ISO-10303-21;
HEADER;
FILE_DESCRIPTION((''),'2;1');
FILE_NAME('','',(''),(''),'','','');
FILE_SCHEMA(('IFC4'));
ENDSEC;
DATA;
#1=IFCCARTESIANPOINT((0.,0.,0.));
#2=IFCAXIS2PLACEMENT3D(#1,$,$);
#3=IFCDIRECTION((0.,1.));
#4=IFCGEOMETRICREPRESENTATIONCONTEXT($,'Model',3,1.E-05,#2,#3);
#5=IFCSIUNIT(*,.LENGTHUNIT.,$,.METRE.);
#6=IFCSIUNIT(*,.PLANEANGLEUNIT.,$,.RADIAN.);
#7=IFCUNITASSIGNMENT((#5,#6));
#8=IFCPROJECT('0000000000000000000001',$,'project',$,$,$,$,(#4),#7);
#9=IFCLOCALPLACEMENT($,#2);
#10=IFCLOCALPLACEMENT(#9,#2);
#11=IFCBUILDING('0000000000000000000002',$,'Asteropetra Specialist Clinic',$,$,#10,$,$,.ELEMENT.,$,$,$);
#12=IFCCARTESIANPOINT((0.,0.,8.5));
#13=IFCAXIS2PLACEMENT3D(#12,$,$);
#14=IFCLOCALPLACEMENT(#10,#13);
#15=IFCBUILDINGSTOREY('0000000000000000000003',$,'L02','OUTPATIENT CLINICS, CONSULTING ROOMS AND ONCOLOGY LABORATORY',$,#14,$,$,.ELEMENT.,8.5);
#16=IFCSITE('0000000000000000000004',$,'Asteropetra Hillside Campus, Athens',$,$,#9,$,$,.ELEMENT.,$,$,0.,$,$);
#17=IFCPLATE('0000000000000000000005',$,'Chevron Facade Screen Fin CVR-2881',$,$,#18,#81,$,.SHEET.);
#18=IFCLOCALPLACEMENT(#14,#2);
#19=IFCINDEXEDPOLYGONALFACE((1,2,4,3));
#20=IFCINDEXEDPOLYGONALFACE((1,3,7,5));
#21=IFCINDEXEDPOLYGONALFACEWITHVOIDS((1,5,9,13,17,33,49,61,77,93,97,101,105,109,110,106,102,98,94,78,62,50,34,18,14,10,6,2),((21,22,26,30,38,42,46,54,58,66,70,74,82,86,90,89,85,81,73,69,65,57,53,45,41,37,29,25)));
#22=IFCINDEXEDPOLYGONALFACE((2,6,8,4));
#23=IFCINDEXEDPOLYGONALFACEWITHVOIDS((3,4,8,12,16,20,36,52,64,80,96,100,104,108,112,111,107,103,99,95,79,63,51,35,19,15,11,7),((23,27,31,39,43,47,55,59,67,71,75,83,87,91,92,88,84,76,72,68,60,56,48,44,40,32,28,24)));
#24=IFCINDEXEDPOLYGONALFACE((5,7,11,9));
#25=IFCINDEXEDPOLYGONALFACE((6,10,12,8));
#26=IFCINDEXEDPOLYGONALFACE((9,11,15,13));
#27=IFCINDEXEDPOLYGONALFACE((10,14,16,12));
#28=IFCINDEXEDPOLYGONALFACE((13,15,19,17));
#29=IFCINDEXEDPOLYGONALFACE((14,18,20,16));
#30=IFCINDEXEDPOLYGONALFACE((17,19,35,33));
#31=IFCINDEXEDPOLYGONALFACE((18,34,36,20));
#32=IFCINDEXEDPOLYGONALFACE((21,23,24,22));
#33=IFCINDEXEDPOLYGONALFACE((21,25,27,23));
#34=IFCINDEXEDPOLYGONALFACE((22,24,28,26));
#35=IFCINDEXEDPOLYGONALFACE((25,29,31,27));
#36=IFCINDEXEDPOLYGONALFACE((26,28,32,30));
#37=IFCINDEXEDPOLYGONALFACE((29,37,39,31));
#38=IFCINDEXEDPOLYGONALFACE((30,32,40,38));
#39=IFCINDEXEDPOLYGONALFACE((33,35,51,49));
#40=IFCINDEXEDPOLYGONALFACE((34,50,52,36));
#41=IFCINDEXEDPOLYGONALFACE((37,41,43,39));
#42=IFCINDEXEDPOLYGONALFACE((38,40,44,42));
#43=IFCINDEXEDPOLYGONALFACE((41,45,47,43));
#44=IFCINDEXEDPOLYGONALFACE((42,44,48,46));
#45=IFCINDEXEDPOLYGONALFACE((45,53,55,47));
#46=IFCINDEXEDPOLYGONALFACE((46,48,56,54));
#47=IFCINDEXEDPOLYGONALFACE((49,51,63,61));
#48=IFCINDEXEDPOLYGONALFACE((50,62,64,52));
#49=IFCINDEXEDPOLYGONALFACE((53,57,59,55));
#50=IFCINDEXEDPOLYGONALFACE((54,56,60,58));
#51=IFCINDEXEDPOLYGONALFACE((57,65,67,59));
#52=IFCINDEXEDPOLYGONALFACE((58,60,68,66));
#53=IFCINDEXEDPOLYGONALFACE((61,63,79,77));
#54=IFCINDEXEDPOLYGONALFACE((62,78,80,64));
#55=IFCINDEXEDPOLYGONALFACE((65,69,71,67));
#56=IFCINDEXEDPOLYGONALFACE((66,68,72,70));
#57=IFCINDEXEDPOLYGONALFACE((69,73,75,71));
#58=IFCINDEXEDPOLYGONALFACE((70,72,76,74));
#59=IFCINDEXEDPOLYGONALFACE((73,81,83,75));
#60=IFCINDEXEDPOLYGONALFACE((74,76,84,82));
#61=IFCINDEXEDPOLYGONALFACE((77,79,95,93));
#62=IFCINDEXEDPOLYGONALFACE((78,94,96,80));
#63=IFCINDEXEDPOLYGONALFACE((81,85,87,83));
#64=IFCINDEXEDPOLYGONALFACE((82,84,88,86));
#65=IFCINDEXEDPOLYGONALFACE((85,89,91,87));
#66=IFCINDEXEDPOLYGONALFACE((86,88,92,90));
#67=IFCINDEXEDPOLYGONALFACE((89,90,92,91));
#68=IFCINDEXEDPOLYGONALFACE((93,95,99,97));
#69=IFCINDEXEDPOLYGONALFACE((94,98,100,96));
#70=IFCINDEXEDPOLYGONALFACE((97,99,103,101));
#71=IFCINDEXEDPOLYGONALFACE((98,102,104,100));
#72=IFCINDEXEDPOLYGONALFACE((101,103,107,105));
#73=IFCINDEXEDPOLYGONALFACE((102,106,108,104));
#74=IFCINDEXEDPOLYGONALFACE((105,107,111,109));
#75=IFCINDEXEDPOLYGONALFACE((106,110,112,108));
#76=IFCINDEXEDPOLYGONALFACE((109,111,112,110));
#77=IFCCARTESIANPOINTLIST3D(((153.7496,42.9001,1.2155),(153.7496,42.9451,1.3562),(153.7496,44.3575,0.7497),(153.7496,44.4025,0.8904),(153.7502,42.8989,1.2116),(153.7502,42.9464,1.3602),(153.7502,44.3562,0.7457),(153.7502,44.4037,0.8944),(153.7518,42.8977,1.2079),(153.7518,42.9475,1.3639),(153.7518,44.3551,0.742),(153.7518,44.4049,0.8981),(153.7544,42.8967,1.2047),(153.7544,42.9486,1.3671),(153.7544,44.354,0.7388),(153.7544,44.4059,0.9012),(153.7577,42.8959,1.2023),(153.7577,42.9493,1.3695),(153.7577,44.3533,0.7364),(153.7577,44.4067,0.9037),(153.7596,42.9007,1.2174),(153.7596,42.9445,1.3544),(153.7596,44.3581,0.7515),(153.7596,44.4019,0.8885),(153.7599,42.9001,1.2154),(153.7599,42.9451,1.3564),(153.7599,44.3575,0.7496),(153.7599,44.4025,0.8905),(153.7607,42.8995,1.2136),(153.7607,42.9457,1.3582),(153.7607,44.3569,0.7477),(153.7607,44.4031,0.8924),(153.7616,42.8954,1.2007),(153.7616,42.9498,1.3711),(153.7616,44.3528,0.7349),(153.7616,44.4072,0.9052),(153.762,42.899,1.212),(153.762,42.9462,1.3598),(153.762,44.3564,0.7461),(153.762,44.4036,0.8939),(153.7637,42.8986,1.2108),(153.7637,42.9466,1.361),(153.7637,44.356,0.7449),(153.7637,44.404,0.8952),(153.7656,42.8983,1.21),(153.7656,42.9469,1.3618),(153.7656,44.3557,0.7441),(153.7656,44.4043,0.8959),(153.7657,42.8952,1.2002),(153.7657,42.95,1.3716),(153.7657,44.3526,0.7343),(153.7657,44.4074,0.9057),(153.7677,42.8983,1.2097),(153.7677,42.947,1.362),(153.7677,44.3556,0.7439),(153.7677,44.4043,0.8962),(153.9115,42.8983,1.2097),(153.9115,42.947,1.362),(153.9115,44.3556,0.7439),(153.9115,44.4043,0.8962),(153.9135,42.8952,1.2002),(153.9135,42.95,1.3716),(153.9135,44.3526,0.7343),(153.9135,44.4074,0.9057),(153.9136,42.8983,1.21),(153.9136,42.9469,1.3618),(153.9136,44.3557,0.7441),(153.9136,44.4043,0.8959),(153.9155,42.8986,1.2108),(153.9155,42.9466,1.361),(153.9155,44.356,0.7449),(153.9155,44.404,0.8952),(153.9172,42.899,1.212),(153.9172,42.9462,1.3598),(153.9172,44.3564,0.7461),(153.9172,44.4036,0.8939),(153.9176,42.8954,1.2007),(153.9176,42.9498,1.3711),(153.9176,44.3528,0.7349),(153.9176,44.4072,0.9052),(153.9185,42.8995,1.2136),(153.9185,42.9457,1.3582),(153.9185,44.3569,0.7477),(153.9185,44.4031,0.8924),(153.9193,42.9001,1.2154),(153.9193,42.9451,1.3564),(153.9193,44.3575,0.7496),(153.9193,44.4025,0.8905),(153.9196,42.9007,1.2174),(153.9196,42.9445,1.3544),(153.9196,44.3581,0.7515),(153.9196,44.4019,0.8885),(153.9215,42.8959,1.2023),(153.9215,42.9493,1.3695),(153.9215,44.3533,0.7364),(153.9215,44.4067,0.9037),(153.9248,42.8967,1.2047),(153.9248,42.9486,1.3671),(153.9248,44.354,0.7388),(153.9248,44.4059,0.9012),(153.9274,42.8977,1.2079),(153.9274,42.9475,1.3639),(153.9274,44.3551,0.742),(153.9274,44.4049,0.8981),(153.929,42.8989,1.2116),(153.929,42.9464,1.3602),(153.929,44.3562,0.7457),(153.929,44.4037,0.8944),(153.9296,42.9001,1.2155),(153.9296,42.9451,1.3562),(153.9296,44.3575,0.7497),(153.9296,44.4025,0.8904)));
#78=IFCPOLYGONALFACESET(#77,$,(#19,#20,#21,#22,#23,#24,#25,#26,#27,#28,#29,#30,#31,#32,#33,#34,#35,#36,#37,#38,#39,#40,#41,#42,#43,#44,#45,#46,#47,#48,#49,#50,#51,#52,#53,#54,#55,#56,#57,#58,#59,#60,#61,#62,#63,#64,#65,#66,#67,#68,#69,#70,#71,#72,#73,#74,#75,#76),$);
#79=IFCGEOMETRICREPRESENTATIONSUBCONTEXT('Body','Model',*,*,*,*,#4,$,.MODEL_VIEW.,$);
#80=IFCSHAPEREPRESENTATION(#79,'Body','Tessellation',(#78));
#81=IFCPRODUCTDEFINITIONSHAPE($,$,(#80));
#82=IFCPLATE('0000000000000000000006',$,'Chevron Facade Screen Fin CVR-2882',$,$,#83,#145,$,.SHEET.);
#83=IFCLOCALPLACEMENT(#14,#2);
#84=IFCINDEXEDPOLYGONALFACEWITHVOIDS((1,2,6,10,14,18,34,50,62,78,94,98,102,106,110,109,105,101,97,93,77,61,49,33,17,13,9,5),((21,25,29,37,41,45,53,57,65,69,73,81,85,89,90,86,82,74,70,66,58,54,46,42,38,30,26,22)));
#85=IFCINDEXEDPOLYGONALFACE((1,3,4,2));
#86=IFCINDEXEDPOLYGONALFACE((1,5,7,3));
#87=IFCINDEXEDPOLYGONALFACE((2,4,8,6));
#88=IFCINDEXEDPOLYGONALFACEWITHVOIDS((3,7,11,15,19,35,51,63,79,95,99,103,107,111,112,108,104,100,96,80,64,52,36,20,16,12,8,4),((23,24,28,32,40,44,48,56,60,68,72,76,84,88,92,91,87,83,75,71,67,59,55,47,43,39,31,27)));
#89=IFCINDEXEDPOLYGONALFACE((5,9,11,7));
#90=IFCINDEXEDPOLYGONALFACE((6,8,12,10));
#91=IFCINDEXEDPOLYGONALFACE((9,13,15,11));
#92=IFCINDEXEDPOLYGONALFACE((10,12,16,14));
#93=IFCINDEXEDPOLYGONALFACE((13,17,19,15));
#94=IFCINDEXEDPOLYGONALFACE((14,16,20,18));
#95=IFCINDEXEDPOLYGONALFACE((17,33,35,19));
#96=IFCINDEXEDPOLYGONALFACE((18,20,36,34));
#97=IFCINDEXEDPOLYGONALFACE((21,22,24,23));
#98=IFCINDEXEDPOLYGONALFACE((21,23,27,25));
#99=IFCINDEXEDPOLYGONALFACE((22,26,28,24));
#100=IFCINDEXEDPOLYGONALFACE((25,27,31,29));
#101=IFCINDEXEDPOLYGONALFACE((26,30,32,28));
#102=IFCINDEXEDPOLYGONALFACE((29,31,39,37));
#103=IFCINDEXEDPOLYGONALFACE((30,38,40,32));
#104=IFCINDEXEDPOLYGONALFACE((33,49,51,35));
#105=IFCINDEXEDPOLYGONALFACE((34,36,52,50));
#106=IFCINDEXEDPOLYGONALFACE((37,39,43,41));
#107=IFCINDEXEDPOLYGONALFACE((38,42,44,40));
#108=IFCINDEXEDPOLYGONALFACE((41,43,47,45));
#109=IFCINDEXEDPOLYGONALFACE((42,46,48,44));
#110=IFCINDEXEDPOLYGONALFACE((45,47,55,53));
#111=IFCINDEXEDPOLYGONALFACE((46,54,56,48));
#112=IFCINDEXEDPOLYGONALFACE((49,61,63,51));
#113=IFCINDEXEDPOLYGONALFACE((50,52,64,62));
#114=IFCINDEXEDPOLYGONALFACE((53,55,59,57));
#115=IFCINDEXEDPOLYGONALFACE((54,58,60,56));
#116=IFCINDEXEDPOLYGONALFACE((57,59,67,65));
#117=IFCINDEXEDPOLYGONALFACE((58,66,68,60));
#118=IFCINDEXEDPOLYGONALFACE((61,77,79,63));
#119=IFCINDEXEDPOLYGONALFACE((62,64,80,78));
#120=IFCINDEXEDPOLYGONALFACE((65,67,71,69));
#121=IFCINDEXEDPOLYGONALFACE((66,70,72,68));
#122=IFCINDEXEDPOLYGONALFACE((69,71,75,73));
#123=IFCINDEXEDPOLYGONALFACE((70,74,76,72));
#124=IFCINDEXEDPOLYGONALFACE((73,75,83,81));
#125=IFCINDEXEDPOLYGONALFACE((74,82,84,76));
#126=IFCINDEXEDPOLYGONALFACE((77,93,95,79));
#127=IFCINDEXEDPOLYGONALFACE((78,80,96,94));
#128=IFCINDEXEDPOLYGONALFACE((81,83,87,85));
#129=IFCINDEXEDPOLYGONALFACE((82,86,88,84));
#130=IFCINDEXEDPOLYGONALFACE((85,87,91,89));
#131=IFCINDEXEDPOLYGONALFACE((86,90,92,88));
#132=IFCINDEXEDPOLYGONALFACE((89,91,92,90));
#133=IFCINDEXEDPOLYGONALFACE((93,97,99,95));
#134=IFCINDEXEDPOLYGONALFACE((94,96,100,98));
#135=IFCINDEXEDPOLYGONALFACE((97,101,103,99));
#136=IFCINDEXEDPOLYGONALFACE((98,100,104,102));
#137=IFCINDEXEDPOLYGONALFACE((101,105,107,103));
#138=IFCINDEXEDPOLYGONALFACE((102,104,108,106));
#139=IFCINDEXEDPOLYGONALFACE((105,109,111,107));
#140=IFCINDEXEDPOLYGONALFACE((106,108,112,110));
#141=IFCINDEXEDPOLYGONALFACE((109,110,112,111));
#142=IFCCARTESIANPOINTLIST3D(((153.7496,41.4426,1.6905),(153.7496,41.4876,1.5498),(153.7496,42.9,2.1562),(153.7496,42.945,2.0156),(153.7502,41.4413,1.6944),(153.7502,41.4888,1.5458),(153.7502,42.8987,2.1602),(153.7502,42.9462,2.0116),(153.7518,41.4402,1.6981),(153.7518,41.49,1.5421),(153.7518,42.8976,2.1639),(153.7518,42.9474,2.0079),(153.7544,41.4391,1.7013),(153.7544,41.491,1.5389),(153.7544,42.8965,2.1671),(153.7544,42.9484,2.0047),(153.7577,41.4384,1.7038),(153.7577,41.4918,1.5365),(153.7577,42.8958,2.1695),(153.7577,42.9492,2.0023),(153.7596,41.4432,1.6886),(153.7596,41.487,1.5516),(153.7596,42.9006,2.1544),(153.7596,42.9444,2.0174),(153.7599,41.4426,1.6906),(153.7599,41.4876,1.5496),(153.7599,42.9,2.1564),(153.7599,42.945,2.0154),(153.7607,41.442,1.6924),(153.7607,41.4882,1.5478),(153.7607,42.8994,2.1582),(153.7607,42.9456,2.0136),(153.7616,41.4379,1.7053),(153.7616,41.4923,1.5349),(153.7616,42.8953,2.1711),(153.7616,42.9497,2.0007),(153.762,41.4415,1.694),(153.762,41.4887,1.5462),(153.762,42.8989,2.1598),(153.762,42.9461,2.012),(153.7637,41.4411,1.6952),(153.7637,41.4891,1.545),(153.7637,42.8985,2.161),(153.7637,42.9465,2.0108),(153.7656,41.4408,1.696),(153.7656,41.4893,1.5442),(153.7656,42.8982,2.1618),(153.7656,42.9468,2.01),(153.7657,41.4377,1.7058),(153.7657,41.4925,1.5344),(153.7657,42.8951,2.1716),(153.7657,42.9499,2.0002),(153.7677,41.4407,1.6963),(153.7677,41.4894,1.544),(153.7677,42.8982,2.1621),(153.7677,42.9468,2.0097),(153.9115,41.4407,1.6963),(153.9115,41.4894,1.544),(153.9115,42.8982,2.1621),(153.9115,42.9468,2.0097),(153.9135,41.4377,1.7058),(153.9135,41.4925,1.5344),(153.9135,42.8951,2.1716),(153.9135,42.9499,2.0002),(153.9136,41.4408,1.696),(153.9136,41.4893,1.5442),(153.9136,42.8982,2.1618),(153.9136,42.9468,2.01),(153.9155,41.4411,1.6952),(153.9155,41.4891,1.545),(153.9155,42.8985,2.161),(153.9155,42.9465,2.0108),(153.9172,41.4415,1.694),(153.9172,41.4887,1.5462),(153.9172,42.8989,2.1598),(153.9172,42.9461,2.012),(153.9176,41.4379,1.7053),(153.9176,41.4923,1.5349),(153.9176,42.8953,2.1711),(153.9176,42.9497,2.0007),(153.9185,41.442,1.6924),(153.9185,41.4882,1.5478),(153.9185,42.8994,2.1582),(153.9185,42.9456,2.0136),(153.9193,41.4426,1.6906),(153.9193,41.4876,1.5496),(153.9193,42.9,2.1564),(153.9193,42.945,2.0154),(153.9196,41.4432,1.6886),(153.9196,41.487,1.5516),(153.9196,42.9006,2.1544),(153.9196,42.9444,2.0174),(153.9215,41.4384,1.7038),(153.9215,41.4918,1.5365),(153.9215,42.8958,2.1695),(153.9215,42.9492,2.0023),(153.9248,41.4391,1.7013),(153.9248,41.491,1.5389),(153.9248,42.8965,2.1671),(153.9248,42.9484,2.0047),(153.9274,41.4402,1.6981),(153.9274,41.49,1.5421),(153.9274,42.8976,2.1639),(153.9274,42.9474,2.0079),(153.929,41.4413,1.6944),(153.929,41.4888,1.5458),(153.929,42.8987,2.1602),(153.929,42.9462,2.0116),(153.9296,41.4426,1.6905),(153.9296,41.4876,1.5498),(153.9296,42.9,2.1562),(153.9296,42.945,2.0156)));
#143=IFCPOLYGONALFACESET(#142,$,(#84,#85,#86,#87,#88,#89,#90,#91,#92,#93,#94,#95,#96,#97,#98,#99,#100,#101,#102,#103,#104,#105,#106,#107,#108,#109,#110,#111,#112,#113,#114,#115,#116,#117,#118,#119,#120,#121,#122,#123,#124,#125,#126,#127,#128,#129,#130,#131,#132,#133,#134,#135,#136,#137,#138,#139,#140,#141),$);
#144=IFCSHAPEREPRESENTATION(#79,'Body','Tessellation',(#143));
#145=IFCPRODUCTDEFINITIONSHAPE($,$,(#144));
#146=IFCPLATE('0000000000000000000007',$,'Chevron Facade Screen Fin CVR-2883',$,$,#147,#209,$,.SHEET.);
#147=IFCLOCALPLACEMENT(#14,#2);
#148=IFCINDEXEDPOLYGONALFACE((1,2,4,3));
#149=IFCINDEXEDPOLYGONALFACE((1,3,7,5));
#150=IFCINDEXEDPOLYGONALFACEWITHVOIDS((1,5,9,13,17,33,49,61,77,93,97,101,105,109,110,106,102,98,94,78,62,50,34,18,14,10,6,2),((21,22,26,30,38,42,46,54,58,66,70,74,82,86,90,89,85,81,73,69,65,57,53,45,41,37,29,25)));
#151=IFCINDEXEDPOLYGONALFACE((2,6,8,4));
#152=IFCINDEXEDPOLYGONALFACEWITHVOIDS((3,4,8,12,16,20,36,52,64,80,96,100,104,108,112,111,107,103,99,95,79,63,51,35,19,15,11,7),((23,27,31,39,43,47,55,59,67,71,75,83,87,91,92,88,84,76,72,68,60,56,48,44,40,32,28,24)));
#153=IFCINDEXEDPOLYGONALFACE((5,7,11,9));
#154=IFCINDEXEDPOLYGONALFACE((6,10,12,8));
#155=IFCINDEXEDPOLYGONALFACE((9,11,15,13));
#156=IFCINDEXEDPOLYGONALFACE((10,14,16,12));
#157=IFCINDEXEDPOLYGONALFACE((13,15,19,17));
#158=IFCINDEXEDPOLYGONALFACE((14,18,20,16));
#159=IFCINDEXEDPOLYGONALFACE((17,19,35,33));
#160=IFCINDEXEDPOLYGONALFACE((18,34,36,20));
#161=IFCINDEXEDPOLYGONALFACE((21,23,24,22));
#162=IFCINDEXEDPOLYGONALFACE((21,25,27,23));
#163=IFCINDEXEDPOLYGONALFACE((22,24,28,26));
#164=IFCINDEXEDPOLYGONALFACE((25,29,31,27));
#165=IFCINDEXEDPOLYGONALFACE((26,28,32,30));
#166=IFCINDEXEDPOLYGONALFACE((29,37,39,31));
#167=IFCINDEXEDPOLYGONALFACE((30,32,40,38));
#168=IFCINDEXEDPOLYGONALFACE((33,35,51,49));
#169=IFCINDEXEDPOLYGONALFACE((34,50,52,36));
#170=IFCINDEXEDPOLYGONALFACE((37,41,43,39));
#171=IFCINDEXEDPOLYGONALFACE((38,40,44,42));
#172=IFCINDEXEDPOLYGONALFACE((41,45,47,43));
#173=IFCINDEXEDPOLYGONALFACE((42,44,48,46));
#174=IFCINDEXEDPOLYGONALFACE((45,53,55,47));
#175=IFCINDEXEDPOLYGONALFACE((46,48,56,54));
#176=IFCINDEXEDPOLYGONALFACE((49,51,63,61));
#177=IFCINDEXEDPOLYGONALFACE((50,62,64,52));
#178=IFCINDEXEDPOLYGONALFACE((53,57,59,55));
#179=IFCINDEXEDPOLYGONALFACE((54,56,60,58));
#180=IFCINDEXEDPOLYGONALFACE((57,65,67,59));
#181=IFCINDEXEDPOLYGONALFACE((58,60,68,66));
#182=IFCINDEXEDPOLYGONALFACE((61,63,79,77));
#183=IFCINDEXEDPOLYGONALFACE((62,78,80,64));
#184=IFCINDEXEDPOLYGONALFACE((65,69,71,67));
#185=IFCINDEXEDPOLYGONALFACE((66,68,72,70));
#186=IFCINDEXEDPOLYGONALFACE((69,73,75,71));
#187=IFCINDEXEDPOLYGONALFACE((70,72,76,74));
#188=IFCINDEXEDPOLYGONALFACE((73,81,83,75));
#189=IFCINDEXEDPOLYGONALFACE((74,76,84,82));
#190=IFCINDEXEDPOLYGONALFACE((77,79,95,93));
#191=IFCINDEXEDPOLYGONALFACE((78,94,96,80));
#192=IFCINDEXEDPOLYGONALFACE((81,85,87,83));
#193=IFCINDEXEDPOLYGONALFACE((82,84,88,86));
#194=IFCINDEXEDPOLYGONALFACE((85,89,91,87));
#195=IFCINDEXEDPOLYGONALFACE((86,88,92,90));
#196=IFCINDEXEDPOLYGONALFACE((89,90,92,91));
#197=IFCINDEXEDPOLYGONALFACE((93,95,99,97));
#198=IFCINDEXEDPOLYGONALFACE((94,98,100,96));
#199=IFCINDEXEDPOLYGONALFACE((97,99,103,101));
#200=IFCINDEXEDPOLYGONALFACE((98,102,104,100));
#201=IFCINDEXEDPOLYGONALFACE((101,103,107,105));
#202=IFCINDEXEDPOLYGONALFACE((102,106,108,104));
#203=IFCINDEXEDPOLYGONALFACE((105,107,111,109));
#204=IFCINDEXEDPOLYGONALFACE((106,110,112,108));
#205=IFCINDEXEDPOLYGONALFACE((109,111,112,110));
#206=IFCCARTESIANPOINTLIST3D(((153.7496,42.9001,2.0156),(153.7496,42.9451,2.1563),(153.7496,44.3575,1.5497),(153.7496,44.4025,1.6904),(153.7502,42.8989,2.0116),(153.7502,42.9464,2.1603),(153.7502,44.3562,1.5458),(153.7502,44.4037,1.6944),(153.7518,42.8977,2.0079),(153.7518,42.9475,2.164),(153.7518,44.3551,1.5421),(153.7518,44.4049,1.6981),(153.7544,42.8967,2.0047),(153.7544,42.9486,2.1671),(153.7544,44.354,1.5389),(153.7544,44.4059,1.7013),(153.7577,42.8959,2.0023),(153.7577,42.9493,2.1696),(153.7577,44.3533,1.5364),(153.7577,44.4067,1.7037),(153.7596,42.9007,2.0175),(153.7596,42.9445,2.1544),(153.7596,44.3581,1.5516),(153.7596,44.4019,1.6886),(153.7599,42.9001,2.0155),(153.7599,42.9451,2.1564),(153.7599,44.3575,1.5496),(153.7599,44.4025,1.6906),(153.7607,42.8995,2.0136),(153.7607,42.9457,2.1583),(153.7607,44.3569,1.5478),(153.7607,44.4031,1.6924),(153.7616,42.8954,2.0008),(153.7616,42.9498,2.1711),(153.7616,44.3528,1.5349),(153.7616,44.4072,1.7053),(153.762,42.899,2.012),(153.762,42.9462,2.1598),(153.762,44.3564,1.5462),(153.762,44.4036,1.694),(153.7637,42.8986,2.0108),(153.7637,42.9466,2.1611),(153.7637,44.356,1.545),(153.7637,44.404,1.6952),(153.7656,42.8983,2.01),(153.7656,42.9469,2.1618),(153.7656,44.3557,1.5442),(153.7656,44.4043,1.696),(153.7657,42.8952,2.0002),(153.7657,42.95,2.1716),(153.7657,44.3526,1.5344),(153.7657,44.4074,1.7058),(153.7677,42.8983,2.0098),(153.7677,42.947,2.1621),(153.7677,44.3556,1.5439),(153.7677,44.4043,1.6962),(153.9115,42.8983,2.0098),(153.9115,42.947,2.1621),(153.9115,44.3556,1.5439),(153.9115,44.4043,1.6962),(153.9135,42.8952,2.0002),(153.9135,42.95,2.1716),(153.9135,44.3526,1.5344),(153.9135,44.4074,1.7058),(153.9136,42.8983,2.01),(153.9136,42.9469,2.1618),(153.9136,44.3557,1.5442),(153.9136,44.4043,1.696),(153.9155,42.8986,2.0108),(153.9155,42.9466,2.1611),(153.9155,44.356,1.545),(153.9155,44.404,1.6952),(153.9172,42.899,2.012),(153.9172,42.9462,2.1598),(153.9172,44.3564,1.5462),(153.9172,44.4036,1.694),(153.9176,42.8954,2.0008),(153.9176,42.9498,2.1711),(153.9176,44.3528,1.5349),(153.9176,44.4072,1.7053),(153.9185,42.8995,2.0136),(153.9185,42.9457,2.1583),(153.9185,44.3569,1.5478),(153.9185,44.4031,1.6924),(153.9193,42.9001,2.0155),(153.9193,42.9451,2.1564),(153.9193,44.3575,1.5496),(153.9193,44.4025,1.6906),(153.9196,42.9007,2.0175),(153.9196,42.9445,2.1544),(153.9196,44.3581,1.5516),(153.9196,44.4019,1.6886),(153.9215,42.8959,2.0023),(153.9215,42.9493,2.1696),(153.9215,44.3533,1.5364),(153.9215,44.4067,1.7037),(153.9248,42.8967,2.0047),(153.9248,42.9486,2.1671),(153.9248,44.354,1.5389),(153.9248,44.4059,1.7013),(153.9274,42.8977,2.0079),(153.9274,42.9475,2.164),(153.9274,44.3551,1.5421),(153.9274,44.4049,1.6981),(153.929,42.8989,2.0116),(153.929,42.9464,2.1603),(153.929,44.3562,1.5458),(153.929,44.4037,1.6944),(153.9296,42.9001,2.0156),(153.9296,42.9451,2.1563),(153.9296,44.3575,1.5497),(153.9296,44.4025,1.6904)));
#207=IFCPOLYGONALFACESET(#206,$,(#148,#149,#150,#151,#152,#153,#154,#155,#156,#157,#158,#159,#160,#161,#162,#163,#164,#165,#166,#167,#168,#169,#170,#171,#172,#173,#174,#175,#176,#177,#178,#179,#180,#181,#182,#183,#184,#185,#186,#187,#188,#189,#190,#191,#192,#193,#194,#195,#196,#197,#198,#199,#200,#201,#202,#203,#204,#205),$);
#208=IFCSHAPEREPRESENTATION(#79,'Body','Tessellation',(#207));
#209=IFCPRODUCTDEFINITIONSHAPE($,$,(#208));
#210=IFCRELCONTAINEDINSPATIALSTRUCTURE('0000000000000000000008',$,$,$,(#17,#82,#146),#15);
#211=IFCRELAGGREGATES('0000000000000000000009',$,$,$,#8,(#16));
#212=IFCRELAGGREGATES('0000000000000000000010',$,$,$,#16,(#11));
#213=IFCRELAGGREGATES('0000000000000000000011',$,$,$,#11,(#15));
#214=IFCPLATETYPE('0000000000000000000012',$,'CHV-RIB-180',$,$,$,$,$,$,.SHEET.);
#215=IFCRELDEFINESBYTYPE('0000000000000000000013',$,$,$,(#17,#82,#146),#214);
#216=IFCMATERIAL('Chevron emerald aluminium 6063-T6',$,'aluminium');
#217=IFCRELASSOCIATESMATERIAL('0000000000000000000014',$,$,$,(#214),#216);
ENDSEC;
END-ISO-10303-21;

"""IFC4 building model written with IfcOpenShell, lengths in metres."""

from ifc_helpers import new_model, si_unit, direction, frame, origin, origin_2d, place, context, subcontext, project, spatial, hollow_rectangle, extrude, material, material_profile, profile_set, type_object, element, save


model = new_model("IFC4")

# Units and contexts
model_context = context("Model", 3, precision=1e-05, world=origin(), true_north=direction((0.0, 1.0)))
body_context = subcontext(model_context, "Body", "Model", "MODEL_VIEW")
ifc_project = project(units=[si_unit("LENGTHUNIT", "METRE"), si_unit("PLANEANGLEUNIT", "RADIAN")], contexts=[model_context])

# Site, building, storey
site_placement = place(None, origin())
site = spatial("IfcSite", under=ifc_project, at=site_placement, Name="Asteropetra Hillside Campus, Athens", CompositionType="ELEMENT", RefElevation=0.0)
building_placement = place(site_placement, origin())
building = spatial("IfcBuilding", under=site, at=building_placement, Name="Asteropetra Specialist Clinic", CompositionType="ELEMENT")
storey_placement = place(building_placement, frame((0.0, 0.0, 8.5)))
storey = spatial("IfcBuildingStorey", under=building, at=storey_placement, Name="L02", Description="OUTPATIENT CLINICS, CONSULTING ROOMS AND ONCOLOGY LABORATORY", CompositionType="ELEMENT", Elevation=8.5)

# Plates
ifc_material_1 = material(Name="Chevron emerald aluminium 6063-T6", Category="aluminium")
ifc_material_profile = material_profile(ifc_material_1, hollow_rectangle(XDim=0.1799, YDim=0.1799, WallThickness=0.01, InnerFilletRadius=0.0081, OuterFilletRadius=0.0161, at=origin_2d()), Name="SHS 180x180x10.0")
ifc_profile_set = profile_set([ifc_material_profile], Name="Chevron emerald aluminium 6063-T6")
plate_type = type_object("IfcPlateType", Name="CHV-RIB-180", PredefinedType="SHEET", material=ifc_profile_set)
for number, where, z_axis, x_axis, name in (
    (1, (153.8396, 42.9226, 1.2859), (0.0, 0.95252, -0.304475), (-1.0, 0.0, 0.0), "Chevron Facade Screen Fin CVR-2881"),
    (2, (153.8396, 41.4651, 1.6201), (0.0, 0.952535, 0.304428), (-1.0, 0.0, 0.0), "Chevron Facade Screen Fin CVR-2882"),
    (3, (153.8396, 42.9226, 2.0859), (0.0, 0.95252, -0.304475), (-1.0, 0.0, 0.0), "Chevron Facade Screen Fin CVR-2883"),
):
    element("IfcPlate", number, at=place(storey_placement, frame(where, z_axis=z_axis, x_axis=x_axis)), inside=storey, type_object=plate_type, Name=name, PredefinedType="SHEET", context=body_context, shape_type="SweptSolid", body=[
        extrude(hollow_rectangle(XDim=0.1799, YDim=0.1799, WallThickness=0.01, InnerFilletRadius=0.0081, OuterFilletRadius=0.0161, at=origin_2d()), origin(), (0.0, 0.0, 1.0), 1.53),
    ])

save(model, "model.ifc")
